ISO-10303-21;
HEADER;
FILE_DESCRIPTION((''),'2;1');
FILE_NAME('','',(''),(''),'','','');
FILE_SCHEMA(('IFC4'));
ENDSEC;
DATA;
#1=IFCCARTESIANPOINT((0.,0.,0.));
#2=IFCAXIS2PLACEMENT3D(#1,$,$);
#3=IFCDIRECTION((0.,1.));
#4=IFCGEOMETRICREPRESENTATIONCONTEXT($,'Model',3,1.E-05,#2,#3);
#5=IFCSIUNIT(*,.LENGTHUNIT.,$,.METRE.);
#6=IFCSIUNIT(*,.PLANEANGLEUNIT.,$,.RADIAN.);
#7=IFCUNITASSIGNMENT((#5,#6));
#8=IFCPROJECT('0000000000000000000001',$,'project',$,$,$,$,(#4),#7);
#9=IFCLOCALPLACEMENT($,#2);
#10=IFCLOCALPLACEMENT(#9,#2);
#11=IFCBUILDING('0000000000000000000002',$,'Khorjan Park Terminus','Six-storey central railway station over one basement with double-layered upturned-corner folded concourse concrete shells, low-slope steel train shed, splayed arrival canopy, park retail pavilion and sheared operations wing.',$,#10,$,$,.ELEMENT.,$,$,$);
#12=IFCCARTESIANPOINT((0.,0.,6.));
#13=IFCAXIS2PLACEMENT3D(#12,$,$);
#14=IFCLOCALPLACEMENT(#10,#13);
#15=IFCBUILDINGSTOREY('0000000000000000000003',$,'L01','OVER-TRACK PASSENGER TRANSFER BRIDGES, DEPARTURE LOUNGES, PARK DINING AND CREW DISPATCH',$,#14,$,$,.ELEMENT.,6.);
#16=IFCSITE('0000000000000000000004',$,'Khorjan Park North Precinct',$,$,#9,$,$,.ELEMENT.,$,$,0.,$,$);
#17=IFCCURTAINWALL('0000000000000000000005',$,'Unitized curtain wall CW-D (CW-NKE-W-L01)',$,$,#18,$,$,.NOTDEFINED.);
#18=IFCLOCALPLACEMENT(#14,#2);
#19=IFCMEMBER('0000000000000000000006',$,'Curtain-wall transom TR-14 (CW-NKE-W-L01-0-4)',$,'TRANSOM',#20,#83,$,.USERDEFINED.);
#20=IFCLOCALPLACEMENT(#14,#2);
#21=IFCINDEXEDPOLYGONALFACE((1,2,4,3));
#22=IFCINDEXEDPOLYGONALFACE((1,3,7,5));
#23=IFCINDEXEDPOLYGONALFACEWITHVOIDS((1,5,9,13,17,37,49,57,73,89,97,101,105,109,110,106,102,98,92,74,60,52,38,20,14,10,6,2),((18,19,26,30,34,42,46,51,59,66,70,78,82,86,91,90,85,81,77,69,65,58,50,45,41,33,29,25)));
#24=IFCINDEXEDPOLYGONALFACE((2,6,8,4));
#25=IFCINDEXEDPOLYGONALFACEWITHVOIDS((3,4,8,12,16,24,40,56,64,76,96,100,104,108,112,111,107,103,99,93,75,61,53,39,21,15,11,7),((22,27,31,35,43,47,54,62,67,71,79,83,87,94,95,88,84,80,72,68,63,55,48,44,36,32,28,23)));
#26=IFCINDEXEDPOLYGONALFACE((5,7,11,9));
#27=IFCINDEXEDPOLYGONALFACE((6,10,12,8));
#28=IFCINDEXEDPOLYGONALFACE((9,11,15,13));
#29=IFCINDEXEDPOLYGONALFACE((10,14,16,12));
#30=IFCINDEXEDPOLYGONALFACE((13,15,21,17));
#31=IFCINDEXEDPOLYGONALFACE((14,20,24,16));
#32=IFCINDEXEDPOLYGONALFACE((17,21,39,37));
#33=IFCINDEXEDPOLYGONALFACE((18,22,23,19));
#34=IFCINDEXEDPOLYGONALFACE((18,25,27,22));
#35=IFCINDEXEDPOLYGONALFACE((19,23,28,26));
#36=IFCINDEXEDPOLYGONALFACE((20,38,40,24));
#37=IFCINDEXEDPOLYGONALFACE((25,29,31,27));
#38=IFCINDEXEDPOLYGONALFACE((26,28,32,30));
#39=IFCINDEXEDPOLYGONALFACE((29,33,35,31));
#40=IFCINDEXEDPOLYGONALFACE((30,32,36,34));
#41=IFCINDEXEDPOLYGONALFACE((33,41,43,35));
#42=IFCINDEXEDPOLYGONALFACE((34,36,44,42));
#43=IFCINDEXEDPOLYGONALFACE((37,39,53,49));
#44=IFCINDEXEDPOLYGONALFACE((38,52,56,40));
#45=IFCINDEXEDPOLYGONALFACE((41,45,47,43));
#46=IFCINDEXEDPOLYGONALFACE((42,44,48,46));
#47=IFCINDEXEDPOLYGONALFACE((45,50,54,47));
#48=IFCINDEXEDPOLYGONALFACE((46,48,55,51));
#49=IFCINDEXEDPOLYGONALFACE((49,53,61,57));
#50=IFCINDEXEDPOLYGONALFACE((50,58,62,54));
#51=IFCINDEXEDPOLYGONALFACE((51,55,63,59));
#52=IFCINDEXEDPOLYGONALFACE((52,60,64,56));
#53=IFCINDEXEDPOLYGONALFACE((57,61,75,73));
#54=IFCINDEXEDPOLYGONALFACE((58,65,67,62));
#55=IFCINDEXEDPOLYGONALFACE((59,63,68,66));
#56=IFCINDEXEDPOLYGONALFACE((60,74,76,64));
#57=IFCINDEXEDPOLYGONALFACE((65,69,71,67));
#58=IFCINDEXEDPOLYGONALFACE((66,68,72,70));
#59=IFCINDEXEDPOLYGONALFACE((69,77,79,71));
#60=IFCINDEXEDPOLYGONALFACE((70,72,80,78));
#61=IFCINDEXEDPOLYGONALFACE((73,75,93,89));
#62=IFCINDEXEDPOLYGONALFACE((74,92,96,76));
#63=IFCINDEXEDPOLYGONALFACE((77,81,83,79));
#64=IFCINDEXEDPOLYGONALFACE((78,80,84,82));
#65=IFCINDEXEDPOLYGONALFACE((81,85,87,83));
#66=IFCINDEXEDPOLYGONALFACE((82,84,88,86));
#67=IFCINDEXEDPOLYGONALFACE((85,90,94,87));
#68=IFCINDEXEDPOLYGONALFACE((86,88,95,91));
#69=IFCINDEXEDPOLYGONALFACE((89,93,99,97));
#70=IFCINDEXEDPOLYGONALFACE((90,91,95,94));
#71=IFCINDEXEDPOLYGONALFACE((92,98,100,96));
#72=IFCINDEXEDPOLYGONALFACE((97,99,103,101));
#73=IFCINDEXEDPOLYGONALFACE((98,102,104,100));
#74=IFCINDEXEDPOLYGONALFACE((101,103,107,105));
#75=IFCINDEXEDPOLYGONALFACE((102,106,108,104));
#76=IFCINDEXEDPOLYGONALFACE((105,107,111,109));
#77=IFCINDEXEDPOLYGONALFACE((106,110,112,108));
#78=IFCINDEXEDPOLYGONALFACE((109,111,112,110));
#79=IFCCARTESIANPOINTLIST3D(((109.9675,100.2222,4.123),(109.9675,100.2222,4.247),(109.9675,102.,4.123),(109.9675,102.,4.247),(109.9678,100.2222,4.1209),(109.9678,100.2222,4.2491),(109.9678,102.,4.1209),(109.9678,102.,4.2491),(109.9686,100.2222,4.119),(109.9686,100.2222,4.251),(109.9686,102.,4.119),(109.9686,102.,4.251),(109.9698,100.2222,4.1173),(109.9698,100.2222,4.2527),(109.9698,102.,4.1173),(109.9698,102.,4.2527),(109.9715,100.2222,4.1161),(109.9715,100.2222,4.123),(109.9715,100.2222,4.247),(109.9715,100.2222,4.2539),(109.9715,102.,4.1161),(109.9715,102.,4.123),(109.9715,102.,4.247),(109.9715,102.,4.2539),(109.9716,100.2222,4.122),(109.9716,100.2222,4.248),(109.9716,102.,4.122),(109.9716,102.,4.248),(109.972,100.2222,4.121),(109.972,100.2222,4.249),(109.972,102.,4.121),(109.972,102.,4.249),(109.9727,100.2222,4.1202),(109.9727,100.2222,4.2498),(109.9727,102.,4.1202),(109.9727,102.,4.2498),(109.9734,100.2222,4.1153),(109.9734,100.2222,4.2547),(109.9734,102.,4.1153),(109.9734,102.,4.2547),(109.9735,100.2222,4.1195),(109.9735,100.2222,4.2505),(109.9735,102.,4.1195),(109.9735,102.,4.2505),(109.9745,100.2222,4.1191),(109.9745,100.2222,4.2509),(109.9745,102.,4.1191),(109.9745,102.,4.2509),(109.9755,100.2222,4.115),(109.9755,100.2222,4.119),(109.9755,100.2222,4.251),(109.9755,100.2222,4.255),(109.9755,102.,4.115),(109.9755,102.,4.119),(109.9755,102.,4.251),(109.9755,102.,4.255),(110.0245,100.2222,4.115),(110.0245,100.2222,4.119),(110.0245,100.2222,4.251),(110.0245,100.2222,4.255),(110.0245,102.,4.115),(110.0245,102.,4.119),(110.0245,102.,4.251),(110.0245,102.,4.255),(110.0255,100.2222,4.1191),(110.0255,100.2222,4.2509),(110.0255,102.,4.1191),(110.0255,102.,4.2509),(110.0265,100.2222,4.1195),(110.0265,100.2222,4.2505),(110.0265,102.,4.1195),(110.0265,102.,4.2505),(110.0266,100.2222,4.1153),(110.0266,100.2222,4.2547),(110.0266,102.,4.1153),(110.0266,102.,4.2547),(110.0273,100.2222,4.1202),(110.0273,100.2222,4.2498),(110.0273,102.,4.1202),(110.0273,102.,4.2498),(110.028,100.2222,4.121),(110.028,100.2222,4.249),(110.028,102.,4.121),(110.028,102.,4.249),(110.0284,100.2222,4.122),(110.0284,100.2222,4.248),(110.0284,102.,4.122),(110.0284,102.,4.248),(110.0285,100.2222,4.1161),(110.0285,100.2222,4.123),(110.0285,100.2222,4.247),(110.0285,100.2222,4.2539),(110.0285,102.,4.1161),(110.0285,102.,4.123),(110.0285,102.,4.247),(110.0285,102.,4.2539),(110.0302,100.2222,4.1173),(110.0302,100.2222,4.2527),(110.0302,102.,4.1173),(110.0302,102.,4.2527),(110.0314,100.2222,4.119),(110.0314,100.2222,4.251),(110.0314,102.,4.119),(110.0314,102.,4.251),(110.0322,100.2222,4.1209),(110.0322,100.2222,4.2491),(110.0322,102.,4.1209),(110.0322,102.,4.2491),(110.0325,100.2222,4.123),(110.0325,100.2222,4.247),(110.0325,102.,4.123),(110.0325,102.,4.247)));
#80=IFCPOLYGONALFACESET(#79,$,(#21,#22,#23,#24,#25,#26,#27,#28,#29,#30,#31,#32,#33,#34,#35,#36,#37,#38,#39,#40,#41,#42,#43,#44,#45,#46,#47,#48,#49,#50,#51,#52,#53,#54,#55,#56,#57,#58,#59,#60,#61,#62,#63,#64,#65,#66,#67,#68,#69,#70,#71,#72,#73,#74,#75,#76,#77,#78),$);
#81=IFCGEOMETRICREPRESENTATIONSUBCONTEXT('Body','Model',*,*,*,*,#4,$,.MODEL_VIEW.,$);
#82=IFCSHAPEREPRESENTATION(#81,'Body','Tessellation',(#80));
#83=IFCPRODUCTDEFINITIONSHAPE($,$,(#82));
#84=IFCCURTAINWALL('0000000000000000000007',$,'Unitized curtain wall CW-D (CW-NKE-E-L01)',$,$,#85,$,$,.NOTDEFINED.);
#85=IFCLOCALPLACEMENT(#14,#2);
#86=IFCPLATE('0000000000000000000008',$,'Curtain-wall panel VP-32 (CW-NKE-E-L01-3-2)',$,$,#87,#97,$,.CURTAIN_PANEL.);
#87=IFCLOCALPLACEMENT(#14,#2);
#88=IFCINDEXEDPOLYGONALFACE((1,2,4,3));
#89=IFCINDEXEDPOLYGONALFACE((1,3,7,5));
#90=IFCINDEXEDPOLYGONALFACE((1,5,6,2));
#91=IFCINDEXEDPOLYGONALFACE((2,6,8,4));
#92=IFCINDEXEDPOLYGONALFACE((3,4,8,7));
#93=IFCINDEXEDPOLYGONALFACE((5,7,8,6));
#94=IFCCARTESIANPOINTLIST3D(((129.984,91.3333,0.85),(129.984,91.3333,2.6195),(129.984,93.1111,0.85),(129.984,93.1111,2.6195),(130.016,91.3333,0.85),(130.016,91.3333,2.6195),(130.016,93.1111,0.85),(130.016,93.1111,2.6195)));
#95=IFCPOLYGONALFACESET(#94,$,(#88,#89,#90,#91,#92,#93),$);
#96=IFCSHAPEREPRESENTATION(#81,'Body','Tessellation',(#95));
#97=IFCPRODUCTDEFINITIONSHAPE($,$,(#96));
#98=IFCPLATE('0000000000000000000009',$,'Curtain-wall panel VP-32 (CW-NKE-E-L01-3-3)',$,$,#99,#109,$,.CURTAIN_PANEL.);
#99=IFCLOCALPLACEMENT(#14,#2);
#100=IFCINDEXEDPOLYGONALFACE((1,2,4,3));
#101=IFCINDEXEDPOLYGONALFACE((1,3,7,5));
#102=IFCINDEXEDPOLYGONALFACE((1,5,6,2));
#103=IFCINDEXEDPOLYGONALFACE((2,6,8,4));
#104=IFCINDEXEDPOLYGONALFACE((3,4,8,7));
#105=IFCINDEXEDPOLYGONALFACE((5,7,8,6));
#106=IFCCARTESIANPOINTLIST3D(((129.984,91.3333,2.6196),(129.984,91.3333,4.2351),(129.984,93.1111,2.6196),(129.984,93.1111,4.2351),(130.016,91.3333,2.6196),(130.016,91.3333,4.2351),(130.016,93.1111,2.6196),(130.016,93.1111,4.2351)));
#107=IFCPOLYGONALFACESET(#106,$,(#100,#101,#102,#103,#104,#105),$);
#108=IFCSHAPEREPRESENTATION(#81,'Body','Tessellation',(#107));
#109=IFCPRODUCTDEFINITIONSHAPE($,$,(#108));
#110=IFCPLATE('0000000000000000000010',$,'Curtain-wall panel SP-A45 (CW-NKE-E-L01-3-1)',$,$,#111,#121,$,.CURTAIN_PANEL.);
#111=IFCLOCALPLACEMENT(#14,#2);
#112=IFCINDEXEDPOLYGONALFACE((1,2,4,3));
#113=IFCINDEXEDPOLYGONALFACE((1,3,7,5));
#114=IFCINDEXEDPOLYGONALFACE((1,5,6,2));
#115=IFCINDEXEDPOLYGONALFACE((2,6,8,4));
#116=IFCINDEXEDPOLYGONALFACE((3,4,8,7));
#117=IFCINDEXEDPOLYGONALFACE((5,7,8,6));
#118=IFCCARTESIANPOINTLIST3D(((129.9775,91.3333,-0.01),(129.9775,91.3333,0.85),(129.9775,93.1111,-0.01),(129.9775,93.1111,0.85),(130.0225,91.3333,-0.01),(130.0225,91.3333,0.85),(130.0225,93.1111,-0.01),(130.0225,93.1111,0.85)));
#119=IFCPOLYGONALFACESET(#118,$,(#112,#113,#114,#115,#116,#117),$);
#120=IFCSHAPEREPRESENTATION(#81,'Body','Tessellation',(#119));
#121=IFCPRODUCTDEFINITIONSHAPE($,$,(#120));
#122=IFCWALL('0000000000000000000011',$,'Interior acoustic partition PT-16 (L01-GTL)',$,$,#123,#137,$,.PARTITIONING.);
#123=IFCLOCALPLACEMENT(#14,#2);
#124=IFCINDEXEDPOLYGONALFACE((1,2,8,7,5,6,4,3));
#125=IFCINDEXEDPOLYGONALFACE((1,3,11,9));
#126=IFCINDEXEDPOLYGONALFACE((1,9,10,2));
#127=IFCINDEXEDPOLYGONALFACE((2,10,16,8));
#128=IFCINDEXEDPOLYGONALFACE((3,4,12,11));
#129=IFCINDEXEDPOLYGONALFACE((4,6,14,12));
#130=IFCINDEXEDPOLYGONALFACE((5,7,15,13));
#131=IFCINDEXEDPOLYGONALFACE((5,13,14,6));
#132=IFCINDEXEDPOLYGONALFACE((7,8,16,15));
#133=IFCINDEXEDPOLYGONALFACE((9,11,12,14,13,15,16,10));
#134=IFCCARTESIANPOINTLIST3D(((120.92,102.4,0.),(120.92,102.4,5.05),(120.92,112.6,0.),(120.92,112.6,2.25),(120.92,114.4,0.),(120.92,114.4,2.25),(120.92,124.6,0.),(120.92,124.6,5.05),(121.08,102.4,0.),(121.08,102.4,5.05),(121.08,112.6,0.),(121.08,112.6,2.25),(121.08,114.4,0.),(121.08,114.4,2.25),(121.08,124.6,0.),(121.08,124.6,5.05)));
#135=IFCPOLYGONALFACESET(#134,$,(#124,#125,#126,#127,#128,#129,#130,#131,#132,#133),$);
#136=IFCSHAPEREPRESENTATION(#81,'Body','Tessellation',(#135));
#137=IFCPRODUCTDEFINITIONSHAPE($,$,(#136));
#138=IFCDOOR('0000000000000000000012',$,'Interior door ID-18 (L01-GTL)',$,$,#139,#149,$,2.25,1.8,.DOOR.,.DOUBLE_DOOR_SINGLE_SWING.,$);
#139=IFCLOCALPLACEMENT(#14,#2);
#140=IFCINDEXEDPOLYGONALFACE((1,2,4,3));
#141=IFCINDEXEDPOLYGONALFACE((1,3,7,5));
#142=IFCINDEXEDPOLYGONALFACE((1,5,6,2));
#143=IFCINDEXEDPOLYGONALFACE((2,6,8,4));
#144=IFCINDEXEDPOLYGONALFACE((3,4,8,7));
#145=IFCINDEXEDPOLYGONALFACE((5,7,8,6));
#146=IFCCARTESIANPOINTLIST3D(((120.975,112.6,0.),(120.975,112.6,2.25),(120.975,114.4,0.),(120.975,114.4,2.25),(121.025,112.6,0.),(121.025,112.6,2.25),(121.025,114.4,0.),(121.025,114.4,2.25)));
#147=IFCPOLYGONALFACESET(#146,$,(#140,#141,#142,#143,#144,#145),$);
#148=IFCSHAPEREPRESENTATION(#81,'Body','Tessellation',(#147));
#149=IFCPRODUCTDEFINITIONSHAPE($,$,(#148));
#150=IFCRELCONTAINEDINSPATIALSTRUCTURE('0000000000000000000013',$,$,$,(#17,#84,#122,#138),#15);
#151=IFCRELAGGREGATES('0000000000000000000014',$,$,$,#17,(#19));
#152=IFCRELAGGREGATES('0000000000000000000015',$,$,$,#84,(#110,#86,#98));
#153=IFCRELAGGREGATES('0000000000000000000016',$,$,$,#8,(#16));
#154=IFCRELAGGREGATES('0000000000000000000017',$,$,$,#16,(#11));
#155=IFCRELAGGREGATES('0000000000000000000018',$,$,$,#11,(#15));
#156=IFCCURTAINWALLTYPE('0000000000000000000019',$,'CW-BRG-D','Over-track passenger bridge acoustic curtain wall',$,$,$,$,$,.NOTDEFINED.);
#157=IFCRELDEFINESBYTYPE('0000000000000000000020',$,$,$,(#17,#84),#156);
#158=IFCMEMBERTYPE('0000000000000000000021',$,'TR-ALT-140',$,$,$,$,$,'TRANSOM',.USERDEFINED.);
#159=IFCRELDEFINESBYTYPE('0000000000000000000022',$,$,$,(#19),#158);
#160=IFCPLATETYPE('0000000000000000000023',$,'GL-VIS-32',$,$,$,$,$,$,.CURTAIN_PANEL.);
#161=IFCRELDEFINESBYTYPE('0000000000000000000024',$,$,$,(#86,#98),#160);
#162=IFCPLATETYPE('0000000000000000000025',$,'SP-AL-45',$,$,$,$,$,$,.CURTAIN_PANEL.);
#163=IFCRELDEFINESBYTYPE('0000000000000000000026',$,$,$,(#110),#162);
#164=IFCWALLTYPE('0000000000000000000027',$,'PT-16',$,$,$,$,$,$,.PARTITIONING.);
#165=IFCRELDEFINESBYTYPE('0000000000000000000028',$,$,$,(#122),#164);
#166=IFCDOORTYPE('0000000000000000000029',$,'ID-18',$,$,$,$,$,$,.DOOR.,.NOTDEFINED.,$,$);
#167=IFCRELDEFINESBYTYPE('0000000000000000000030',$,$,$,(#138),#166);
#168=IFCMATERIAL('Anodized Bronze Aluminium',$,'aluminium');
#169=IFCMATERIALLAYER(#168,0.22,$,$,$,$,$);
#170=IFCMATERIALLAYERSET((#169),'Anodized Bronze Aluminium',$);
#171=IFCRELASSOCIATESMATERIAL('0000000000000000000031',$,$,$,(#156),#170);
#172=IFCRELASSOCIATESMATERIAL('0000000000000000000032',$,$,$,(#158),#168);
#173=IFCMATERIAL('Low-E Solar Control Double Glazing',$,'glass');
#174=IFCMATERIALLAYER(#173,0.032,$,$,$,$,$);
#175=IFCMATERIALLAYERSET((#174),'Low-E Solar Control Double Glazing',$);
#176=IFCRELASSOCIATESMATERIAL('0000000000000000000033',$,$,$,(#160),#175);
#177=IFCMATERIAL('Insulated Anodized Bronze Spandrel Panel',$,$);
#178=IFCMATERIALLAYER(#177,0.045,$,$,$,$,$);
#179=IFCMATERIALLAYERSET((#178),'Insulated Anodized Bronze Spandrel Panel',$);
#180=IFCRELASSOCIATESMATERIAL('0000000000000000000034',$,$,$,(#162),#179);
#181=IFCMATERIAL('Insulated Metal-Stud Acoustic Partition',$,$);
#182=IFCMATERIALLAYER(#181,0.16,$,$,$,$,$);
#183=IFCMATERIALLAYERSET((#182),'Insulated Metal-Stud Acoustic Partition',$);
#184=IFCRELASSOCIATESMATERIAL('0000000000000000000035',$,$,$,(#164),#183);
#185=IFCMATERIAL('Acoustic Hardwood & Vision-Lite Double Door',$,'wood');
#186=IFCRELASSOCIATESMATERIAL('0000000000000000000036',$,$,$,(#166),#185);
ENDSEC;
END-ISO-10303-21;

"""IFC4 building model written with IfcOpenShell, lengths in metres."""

from ifc_helpers import new_model, si_unit, direction, frame, frame_2d, origin, origin_2d, place, context, subcontext, project, spatial, rectangle, hollow_rectangle, extrude, material, layer, layer_set, material_profile, profile_set, type_object, element, fill, aggregate, save


model = new_model("IFC4")

# Units and contexts
model_context = context("Model", 3, precision=1e-05, world=origin(), true_north=direction((0.0, 1.0)))
body_context = subcontext(model_context, "Body", "Model", "MODEL_VIEW")
ifc_project = project(units=[si_unit("LENGTHUNIT", "METRE"), si_unit("PLANEANGLEUNIT", "RADIAN")], contexts=[model_context])

# Site, building, storey
site_placement = place(None, origin())
site = spatial("IfcSite", under=ifc_project, at=site_placement, Name="Khorjan Park North Precinct", CompositionType="ELEMENT", RefElevation=0.0)
building_placement = place(site_placement, origin())
building = spatial("IfcBuilding", under=site, at=building_placement, Name="Khorjan Park Terminus", Description="Six-storey central railway station over one basement with double-layered upturned-corner folded concourse concrete shells, low-slope steel train shed, splayed arrival canopy, park retail pavilion and sheared operations wing.", CompositionType="ELEMENT")
storey_placement = place(building_placement, frame((0.0, 0.0, 6.0)))
storey = spatial("IfcBuildingStorey", under=building, at=storey_placement, Name="L01", Description="OVER-TRACK PASSENGER TRANSFER BRIDGES, DEPARTURE LOUNGES, PARK DINING AND CREW DISPATCH", CompositionType="ELEMENT", Elevation=6.0)

# Curtain wall, member
ifc_material_1 = material(Name="Anodized Bronze Aluminium", Category="aluminium")
ifc_layer_1 = layer(ifc_material_1, 0.22)
ifc_layer_set_1 = layer_set([ifc_layer_1], Name="Anodized Bronze Aluminium")
curtain_wall_type = type_object("IfcCurtainWallType", Name="CW-BRG-D", Description="Over-track passenger bridge acoustic curtain wall", PredefinedType="NOTDEFINED", material=ifc_layer_set_1)
curtain_wall_1_placement = place(storey_placement, origin())
curtain_wall_1 = element("IfcCurtainWall", 1, at=curtain_wall_1_placement, inside=storey, type_object=curtain_wall_type, Name="Unitized curtain wall CW-D (CW-NKE-W-L01)", PredefinedType="NOTDEFINED")
ifc_material_profile_1 = material_profile(ifc_material_1, hollow_rectangle(XDim=0.065, YDim=0.14, WallThickness=0.004, InnerFilletRadius=0.004, OuterFilletRadius=0.008, at=origin_2d()), Name="ALT 65x140x4")
ifc_profile_set_1 = profile_set([ifc_material_profile_1], Name="Anodized Bronze Aluminium")
member_type = type_object("IfcMemberType", Name="TR-ALT-140", ElementType="TRANSOM", PredefinedType="USERDEFINED", material=ifc_profile_set_1)
member_1_placement = place(storey_placement, frame((110.0, 102.0, 4.185), z_axis=(0.0, -1.0, 0.0), x_axis=(1.0, 0.0, 0.0)))
member_1 = element("IfcMember", 2, at=member_1_placement, type_object=member_type, Name="Curtain-wall transom TR-14 (CW-NKE-W-L01-0-4)", ObjectType="TRANSOM", PredefinedType="USERDEFINED", context=body_context, shape_type="SweptSolid", body=[
    extrude(hollow_rectangle(XDim=0.065, YDim=0.14, WallThickness=0.004, InnerFilletRadius=0.004, OuterFilletRadius=0.008, at=origin_2d()), origin(), (0.0, 0.0, 1.0), 1.7778),
])
aggregate(curtain_wall_1, [member_1])

# Curtain wall, plates
curtain_wall_2_placement = place(storey_placement, origin())
curtain_wall_2 = element("IfcCurtainWall", 3, at=curtain_wall_2_placement, inside=storey, type_object=curtain_wall_type, Name="Unitized curtain wall CW-D (CW-NKE-E-L01)", PredefinedType="NOTDEFINED")
ifc_material_2 = material(Name="Low-E Solar Control Double Glazing", Category="glass")
ifc_layer_2 = layer(ifc_material_2, 0.032)
ifc_layer_set_2 = layer_set([ifc_layer_2], Name="Low-E Solar Control Double Glazing")
plate_type_1 = type_object("IfcPlateType", Name="GL-VIS-32", PredefinedType="CURTAIN_PANEL", material=ifc_layer_set_2)
plate_1_placement = place(storey_placement, frame((130.0, 92.2222, 0.85), z_axis=(0.0, 0.0, 1.0), x_axis=(0.0, 1.0, 0.0)))
plate_1 = element("IfcPlate", 4, at=plate_1_placement, type_object=plate_type_1, Name="Curtain-wall panel VP-32 (CW-NKE-E-L01-3-2)", PredefinedType="CURTAIN_PANEL", context=body_context, shape_type="SweptSolid", body=[
    extrude(rectangle(XDim=1.7778, YDim=0.032, at=origin_2d()), origin(), (0.0, 0.0, 1.0), 1.7695),
])
plate_2_placement = place(storey_placement, frame((130.0, 92.2222, 2.6196), z_axis=(0.0, 0.0, 1.0), x_axis=(0.0, 1.0, 0.0)))
plate_2 = element("IfcPlate", 5, at=plate_2_placement, type_object=plate_type_1, Name="Curtain-wall panel VP-32 (CW-NKE-E-L01-3-3)", PredefinedType="CURTAIN_PANEL", context=body_context, shape_type="SweptSolid", body=[
    extrude(rectangle(XDim=1.7778, YDim=0.032, at=origin_2d()), origin(), (0.0, 0.0, 1.0), 1.6155),
])
ifc_material_3 = material(Name="Insulated Anodized Bronze Spandrel Panel")
ifc_layer_3 = layer(ifc_material_3, 0.045)
ifc_layer_set_3 = layer_set([ifc_layer_3], Name="Insulated Anodized Bronze Spandrel Panel")
plate_type_2 = type_object("IfcPlateType", Name="SP-AL-45", PredefinedType="CURTAIN_PANEL", material=ifc_layer_set_3)
plate_3_placement = place(storey_placement, frame((130.0, 92.2222, -0.01), z_axis=(0.0, 0.0, 1.0), x_axis=(0.0, 1.0, 0.0)))
plate_3 = element("IfcPlate", 6, at=plate_3_placement, type_object=plate_type_2, Name="Curtain-wall panel SP-A45 (CW-NKE-E-L01-3-1)", PredefinedType="CURTAIN_PANEL", context=body_context, shape_type="SweptSolid", body=[
    extrude(rectangle(XDim=1.7778, YDim=0.045, at=origin_2d()), origin(), (0.0, 0.0, 1.0), 0.86),
])
aggregate(curtain_wall_2, [plate_3, plate_1, plate_2])

# Wall, opening, door
ifc_material_4 = material(Name="Insulated Metal-Stud Acoustic Partition")
ifc_layer_4 = layer(ifc_material_4, 0.16)
ifc_layer_set_4 = layer_set([ifc_layer_4], Name="Insulated Metal-Stud Acoustic Partition")
wall_type = type_object("IfcWallType", Name="PT-16", PredefinedType="PARTITIONING", material=ifc_layer_set_4)
wall_placement = place(storey_placement, frame((121.0, 102.4, 0.0), z_axis=(0.0, 0.0, 1.0), x_axis=(0.0, 1.0, 0.0)))
wall = element("IfcWall", 7, at=wall_placement, inside=storey, type_object=wall_type, Name="Interior acoustic partition PT-16 (L01-GTL)", PredefinedType="PARTITIONING", context=body_context, shape_type="SweptSolid", body=[
    extrude(rectangle(XDim=22.2, YDim=0.16, at=frame_2d((11.1, 0.0))), origin(), (0.0, 0.0, 1.0), 5.05),
])
opening_placement = place(wall_placement, frame((10.2, 0.0, 0.0)))
opening = element("IfcOpeningElement", 8, at=opening_placement, cuts=wall, PredefinedType="OPENING", context=body_context, shape_type="SweptSolid", body=[
    extrude(rectangle(XDim=1.8, YDim=2.25, at=frame_2d((0.9, 1.125))), frame((0.0, 0.09, 0.0), z_axis=(0.0, -1.0, 0.0), x_axis=(1.0, 0.0, 0.0)), (0.0, 0.0, 1.0), 0.18),
])
ifc_material_5 = material(Name="Acoustic Hardwood & Vision-Lite Double Door", Category="wood")
door_type = type_object("IfcDoorType", Name="ID-18", OperationType="NOTDEFINED", PredefinedType="DOOR", material=ifc_material_5)
door_placement = place(opening_placement, origin())
door = element("IfcDoor", 9, at=door_placement, inside=storey, type_object=door_type, Name="Interior door ID-18 (L01-GTL)", OperationType="DOUBLE_DOOR_SINGLE_SWING", OverallHeight=2.25, OverallWidth=1.8, PredefinedType="DOOR", context=body_context, shape_type="SweptSolid", body=[
    extrude(rectangle(XDim=1.8, YDim=2.25, at=frame_2d((0.9, 1.125))), frame((0.0, 0.025, 0.0), z_axis=(0.0, -1.0, 0.0), x_axis=(1.0, 0.0, 0.0)), (0.0, 0.0, 1.0), 0.05),
])
fill(opening, door)

save(model, "model.ifc")
